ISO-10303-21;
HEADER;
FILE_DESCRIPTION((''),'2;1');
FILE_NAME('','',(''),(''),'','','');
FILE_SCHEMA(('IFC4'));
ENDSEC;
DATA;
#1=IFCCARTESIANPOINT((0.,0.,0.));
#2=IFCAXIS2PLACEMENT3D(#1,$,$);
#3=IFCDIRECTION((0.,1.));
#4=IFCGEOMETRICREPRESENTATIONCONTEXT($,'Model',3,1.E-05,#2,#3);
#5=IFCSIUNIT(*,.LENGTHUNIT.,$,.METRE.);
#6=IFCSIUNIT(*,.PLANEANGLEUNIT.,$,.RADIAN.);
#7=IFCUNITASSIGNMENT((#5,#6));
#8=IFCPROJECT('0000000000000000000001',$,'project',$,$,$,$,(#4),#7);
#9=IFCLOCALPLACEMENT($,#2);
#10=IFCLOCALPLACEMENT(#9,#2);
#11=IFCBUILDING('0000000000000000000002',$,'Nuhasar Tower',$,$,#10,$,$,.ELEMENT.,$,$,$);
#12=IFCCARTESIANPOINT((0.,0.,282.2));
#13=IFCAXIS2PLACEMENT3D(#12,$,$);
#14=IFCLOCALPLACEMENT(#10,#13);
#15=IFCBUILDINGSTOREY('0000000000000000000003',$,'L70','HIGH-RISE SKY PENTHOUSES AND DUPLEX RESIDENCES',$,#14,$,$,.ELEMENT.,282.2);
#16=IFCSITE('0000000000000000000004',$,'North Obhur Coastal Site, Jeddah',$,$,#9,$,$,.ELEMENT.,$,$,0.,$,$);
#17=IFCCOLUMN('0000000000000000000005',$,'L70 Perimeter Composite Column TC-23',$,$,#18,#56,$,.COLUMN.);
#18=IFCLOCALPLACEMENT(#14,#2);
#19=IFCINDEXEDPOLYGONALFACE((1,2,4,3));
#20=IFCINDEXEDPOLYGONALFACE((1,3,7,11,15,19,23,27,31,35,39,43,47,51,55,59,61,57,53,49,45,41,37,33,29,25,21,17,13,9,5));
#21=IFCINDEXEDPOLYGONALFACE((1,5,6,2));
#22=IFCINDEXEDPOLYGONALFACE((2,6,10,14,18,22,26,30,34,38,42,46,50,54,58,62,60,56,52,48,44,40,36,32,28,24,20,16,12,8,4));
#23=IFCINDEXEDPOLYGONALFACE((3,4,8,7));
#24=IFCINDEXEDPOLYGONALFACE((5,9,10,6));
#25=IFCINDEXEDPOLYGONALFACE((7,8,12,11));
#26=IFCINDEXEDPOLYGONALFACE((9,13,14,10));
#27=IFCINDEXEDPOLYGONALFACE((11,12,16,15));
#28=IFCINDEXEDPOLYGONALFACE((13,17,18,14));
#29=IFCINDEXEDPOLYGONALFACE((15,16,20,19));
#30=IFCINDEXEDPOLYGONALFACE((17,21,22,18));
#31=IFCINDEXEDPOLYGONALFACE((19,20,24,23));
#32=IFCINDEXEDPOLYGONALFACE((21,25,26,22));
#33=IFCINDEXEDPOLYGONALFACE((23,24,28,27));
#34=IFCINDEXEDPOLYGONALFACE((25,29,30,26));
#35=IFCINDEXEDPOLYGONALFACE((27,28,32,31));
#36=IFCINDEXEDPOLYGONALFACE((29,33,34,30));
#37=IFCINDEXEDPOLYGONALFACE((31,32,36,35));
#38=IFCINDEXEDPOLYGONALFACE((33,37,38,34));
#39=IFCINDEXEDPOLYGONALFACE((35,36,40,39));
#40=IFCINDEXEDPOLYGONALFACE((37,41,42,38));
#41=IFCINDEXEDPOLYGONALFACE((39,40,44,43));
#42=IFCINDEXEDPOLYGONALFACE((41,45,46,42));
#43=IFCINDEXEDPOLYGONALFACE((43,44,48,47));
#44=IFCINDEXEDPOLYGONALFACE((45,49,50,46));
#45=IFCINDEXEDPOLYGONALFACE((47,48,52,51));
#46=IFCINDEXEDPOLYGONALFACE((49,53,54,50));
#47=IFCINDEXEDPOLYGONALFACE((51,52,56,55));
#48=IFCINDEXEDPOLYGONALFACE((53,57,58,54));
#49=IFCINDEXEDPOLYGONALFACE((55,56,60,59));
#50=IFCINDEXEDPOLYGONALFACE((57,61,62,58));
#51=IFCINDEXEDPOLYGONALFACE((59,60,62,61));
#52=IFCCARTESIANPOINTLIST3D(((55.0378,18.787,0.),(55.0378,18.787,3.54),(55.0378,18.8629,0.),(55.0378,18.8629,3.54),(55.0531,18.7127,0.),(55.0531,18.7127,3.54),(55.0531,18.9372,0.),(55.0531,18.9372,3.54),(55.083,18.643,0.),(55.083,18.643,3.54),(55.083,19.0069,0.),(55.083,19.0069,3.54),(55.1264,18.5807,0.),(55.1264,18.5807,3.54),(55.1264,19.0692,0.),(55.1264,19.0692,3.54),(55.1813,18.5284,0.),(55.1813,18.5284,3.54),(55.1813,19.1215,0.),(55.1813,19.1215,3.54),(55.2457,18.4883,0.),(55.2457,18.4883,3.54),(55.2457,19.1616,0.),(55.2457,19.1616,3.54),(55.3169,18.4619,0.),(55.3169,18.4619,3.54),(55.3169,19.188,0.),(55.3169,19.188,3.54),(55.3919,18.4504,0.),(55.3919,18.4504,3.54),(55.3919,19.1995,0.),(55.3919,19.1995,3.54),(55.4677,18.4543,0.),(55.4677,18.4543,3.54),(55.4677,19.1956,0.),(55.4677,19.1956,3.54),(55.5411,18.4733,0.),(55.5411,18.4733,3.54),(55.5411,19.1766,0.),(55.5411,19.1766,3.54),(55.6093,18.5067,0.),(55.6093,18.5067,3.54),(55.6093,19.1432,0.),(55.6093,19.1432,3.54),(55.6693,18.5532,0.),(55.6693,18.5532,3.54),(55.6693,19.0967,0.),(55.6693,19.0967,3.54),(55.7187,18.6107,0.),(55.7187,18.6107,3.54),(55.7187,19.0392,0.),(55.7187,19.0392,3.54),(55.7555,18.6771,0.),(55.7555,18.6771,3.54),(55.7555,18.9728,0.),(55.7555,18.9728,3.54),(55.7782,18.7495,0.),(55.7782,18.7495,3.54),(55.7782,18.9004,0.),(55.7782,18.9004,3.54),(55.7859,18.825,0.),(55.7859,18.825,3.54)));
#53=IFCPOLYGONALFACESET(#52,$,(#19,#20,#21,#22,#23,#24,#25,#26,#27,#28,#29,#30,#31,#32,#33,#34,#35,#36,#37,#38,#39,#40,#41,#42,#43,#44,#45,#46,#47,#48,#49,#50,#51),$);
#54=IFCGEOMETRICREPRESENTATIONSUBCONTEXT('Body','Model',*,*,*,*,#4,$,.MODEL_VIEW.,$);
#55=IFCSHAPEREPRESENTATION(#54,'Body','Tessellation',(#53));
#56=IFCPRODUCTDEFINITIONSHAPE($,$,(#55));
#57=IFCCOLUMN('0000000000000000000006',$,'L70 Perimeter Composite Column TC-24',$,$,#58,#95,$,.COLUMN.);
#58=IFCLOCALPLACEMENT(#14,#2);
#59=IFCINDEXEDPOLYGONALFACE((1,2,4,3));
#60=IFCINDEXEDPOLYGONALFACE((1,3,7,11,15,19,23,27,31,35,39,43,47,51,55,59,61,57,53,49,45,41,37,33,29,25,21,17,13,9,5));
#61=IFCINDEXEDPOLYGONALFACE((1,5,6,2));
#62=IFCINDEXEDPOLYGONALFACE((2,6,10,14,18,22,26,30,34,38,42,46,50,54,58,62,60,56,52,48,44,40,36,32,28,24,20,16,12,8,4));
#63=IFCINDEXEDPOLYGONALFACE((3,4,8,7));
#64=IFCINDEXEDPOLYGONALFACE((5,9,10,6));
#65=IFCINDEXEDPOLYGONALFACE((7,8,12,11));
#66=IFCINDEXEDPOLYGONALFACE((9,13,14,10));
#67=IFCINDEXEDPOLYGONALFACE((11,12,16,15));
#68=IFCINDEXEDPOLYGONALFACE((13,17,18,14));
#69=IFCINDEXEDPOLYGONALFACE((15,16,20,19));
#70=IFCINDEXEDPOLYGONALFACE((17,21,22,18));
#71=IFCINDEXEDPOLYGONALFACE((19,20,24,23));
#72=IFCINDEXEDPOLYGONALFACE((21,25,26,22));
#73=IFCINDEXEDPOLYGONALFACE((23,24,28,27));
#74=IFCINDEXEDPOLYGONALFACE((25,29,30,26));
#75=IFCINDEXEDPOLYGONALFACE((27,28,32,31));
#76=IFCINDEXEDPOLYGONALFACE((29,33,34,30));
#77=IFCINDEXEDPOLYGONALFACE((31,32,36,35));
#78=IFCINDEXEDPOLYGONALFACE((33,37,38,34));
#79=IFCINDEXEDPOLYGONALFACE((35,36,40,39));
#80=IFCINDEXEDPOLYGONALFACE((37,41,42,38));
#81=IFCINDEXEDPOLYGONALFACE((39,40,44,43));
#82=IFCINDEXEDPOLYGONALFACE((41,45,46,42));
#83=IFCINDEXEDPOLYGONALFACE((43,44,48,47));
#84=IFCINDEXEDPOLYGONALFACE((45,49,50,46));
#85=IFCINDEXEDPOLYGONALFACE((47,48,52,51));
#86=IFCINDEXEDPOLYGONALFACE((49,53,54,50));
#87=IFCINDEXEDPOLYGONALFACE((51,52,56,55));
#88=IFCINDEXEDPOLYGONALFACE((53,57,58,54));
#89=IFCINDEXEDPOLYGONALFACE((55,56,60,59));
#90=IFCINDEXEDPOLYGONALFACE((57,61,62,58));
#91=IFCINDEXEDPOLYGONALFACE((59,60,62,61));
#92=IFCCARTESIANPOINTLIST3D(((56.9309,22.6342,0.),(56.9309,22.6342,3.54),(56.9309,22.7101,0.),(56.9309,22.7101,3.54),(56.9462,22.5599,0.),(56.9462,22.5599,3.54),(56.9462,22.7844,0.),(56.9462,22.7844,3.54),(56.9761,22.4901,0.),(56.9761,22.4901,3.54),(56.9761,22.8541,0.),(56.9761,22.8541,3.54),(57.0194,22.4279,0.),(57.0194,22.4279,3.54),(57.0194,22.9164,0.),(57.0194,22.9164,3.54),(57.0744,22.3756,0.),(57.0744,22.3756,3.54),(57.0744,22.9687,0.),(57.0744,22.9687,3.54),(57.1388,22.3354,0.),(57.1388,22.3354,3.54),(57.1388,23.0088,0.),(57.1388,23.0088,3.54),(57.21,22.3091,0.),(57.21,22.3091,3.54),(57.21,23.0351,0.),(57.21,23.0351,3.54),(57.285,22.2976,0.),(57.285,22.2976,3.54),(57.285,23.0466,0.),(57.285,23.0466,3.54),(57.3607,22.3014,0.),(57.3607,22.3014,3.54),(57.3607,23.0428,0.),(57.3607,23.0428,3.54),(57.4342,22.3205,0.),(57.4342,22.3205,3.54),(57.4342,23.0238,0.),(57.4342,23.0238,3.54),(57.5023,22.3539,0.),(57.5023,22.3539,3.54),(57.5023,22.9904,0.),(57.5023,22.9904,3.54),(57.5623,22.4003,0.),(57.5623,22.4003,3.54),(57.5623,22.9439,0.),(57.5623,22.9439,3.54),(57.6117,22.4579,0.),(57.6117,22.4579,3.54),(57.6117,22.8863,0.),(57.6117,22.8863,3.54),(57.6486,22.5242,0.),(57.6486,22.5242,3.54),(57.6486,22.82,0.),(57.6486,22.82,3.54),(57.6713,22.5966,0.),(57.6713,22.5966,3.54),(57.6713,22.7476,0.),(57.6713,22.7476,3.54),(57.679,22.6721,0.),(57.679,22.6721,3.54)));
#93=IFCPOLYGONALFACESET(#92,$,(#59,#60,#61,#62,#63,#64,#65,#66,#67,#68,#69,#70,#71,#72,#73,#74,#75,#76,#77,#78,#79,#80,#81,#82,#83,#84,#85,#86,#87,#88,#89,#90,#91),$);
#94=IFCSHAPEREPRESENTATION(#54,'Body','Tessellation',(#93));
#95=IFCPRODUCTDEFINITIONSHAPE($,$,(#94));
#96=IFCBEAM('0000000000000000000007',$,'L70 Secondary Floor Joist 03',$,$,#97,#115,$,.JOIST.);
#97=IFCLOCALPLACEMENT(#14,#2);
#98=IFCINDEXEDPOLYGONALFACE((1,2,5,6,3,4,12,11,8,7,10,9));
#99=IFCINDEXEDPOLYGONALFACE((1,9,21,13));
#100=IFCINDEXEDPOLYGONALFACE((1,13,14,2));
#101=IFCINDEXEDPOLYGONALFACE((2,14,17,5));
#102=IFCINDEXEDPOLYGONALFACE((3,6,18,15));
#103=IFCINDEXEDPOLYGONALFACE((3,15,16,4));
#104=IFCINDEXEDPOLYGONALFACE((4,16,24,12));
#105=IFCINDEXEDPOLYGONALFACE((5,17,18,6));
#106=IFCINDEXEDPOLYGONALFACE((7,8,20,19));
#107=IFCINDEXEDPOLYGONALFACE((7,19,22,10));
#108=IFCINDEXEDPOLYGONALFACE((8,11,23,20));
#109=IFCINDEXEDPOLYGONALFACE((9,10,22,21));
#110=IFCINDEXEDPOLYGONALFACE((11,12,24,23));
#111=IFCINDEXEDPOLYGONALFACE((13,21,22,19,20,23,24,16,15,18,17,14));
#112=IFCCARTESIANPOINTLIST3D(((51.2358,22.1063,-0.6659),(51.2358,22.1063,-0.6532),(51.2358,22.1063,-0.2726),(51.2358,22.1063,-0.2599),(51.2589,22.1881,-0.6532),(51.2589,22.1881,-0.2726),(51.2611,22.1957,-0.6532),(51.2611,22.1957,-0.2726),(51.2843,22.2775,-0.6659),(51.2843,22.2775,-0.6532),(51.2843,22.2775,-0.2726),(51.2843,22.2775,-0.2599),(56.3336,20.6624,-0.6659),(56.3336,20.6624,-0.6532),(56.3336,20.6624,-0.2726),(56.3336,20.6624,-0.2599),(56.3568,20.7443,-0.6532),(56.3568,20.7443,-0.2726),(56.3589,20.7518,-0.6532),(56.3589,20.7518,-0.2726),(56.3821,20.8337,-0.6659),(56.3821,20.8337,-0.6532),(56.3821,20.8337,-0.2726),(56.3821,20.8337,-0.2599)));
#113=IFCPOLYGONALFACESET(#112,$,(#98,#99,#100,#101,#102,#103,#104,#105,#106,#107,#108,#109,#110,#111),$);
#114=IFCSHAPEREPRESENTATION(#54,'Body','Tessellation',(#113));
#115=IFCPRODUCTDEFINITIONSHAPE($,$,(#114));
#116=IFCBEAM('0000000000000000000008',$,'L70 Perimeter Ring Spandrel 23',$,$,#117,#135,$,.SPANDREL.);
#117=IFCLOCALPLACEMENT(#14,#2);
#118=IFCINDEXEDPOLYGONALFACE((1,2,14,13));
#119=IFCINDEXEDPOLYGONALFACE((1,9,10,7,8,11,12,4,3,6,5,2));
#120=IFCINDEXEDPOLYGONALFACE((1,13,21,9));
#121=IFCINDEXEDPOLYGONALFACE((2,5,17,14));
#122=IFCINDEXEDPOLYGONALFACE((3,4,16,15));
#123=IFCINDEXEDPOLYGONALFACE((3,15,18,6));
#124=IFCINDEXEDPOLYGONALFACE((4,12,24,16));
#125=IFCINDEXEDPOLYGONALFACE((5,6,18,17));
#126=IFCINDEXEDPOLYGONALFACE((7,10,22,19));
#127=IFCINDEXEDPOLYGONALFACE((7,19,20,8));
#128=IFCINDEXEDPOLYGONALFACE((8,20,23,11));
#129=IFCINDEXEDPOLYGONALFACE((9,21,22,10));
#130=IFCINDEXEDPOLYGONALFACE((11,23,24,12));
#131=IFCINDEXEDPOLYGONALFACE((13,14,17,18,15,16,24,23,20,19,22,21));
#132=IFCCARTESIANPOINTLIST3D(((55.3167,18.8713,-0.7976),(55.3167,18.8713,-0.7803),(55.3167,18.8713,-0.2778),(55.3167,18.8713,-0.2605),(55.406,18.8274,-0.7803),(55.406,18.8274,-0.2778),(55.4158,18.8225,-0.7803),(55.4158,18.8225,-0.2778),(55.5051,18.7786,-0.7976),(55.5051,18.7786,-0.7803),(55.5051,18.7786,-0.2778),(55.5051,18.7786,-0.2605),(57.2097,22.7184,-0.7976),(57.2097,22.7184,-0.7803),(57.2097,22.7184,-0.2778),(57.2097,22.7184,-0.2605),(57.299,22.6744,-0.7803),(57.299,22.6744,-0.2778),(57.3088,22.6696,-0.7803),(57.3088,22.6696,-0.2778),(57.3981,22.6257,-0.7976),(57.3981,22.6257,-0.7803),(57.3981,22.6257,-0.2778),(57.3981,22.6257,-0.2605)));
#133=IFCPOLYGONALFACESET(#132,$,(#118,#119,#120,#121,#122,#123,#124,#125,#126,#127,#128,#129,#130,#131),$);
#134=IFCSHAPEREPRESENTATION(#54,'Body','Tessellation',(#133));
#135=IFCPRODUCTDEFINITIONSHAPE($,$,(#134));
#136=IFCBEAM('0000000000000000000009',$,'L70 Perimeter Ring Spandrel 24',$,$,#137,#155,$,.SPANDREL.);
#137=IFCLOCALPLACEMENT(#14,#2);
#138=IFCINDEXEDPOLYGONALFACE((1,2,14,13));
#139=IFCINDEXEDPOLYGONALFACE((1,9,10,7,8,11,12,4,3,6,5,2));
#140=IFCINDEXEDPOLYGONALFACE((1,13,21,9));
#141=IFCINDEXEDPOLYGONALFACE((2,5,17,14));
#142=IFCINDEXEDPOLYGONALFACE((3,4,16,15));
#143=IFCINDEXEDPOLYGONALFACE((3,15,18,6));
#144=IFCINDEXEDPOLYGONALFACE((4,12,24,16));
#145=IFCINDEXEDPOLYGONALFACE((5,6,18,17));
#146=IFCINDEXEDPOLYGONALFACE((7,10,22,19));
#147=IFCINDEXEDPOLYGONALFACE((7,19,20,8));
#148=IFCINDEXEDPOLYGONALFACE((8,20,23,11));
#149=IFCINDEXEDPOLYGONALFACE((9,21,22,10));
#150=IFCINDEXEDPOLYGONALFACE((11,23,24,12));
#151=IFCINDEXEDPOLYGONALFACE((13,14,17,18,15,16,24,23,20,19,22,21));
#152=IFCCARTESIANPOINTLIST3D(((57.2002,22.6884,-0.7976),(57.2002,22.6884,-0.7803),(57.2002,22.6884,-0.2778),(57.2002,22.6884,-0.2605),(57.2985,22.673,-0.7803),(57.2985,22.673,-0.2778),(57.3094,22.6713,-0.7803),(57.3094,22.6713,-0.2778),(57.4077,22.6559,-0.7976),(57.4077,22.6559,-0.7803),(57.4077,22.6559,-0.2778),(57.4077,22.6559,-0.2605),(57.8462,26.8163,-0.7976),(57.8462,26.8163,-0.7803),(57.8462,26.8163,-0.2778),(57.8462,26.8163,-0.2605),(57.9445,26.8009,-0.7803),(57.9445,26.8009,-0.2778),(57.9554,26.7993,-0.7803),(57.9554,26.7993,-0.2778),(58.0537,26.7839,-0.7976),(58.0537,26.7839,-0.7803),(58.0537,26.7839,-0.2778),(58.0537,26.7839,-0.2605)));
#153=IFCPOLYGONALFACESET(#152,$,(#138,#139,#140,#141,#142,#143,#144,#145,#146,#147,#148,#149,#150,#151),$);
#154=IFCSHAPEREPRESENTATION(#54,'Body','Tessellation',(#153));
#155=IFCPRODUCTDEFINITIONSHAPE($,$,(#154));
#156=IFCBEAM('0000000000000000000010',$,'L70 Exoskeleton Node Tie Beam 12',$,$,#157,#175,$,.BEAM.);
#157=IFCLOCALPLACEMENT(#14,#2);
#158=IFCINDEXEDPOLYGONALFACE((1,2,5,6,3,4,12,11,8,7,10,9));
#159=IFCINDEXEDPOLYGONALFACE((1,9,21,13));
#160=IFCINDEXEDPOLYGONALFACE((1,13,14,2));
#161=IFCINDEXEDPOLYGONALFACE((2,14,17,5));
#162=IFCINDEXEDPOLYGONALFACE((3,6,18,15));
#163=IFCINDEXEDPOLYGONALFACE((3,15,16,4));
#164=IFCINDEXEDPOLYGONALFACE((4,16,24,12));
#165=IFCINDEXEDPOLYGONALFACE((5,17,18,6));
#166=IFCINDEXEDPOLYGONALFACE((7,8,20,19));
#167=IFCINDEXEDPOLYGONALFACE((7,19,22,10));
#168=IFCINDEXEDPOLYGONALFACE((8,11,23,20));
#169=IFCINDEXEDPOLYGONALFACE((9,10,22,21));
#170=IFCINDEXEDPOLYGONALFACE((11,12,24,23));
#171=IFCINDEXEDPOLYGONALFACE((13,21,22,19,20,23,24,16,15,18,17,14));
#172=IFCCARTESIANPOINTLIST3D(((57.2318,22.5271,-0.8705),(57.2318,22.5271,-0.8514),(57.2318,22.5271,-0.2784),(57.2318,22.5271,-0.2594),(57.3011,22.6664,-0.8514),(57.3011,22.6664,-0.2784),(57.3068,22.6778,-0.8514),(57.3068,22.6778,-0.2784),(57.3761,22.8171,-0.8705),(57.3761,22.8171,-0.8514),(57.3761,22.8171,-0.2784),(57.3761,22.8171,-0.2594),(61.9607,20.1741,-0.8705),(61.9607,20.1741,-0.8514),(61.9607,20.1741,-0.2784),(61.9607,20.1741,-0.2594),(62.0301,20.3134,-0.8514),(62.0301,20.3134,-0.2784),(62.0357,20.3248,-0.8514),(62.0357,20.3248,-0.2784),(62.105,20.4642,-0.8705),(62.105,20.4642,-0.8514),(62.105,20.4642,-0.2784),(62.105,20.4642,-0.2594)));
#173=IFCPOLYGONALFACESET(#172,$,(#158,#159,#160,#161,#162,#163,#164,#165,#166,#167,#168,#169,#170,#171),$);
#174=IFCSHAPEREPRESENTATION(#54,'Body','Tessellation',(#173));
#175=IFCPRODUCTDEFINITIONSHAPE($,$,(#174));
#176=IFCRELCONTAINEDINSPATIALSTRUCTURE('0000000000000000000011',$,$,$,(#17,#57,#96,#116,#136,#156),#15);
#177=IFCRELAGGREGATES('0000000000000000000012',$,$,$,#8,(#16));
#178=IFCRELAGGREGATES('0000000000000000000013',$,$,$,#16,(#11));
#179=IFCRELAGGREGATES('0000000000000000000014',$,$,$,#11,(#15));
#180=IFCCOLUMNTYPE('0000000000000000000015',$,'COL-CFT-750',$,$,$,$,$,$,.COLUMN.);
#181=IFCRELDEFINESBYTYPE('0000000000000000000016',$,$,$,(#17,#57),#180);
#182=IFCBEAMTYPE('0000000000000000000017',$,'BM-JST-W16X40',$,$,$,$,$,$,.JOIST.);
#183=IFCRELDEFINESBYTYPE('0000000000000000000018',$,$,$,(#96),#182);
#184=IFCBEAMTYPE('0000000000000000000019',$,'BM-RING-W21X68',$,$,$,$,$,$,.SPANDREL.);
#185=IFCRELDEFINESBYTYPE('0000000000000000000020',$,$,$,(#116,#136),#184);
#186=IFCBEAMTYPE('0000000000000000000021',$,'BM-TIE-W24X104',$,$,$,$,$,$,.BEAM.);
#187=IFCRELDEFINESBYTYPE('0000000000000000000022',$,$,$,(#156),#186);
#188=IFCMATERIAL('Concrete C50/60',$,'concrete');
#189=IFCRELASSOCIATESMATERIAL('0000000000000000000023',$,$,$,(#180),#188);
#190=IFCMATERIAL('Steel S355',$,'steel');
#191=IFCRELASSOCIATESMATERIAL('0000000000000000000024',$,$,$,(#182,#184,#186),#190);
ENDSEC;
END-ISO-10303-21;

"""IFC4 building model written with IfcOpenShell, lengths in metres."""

from ifc_helpers import new_model, si_unit, direction, frame, origin, origin_2d, place, context, subcontext, project, spatial, circle, i_section, extrude, material, material_profile, profile_set, type_object, element, save


model = new_model("IFC4")

# Units and contexts
model_context = context("Model", 3, precision=1e-05, world=origin(), true_north=direction((0.0, 1.0)))
body_context = subcontext(model_context, "Body", "Model", "MODEL_VIEW")
ifc_project = project(units=[si_unit("LENGTHUNIT", "METRE"), si_unit("PLANEANGLEUNIT", "RADIAN")], contexts=[model_context])

# Site, building, storey
site_placement = place(None, origin())
site = spatial("IfcSite", under=ifc_project, at=site_placement, Name="North Obhur Coastal Site, Jeddah", CompositionType="ELEMENT", RefElevation=0.0)
building_placement = place(site_placement, origin())
building = spatial("IfcBuilding", under=site, at=building_placement, Name="Nuhasar Tower", CompositionType="ELEMENT")
storey_placement = place(building_placement, frame((0.0, 0.0, 282.2)))
storey = spatial("IfcBuildingStorey", under=building, at=storey_placement, Name="L70", Description="HIGH-RISE SKY PENTHOUSES AND DUPLEX RESIDENCES", CompositionType="ELEMENT", Elevation=282.2)

# Columns
ifc_material_1 = material(Name="Concrete C50/60", Category="concrete")
ifc_material_profile_1 = material_profile(ifc_material_1, circle(Radius=0.375, at=origin_2d()), Name="CFT750")
ifc_profile_set_1 = profile_set([ifc_material_profile_1], Name="Concrete C50/60")
column_type = type_object("IfcColumnType", Name="COL-CFT-750", PredefinedType="COLUMN", material=ifc_profile_set_1)
for number, where, z_axis, x_axis, name in (
    (1, (55.4109, 18.825, 0.0), (0.0, 0.0, 1.0), (1.0, 0.0, 0.0), "L70 Perimeter Composite Column TC-23"),
    (2, (57.304, 22.6721, 0.0), (0.0, 0.0, 1.0), (1.0, 0.0, 0.0), "L70 Perimeter Composite Column TC-24"),
):
    element("IfcColumn", number, at=place(storey_placement, frame(where, z_axis=z_axis, x_axis=x_axis)), inside=storey, type_object=column_type, Name=name, PredefinedType="COLUMN", context=body_context, shape_type="SweptSolid", body=[
        extrude(circle(Radius=0.375, at=origin_2d()), origin(), (0.0, 0.0, 1.0), 3.54),
    ])

# Beams
ifc_material_2 = material(Name="Steel S355", Category="steel")
ifc_material_profile_2 = material_profile(ifc_material_2, i_section(OverallWidth=0.178, OverallDepth=0.406, WebThickness=0.0078, FlangeThickness=0.0127, at=origin_2d()), Name="W16X40")
ifc_profile_set_2 = profile_set([ifc_material_profile_2], Name="Steel S355")
beam_type_1 = type_object("IfcBeamType", Name="BM-JST-W16X40", PredefinedType="JOIST", material=ifc_profile_set_2)
beam_1_placement = place(storey_placement, frame((51.26, 22.1919, -0.4629), z_axis=(0.962154, -0.272505, 0.0), x_axis=(0.272505, 0.962154, 0.0)))
element("IfcBeam", 3, at=beam_1_placement, inside=storey, type_object=beam_type_1, Name="L70 Secondary Floor Joist 03", PredefinedType="JOIST", context=body_context, shape_type="SweptSolid", body=[
    extrude(i_section(OverallWidth=0.178, OverallDepth=0.406, WebThickness=0.0078, FlangeThickness=0.0127, at=origin_2d()), origin(), (0.0, 0.0, 1.0), 5.2983),
])
ifc_material_profile_3 = material_profile(ifc_material_2, i_section(OverallWidth=0.21, OverallDepth=0.5371, WebThickness=0.011, FlangeThickness=0.0173, at=origin_2d()), Name="W21X68")
ifc_profile_set_3 = profile_set([ifc_material_profile_3], Name="Steel S355")
beam_type_2 = type_object("IfcBeamType", Name="BM-RING-W21X68", PredefinedType="SPANDREL", material=ifc_profile_set_3)
beam_2_placement = place(storey_placement, frame((55.4109, 18.825, -0.5291), z_axis=(0.441511, 0.897256, 0.0), x_axis=(-0.897256, 0.441511, 0.0)))
element("IfcBeam", 4, at=beam_2_placement, inside=storey, type_object=beam_type_2, Name="L70 Perimeter Ring Spandrel 23", PredefinedType="SPANDREL", context=body_context, shape_type="SweptSolid", body=[
    extrude(i_section(OverallWidth=0.21, OverallDepth=0.5371, WebThickness=0.011, FlangeThickness=0.0173, at=origin_2d()), origin(), (0.0, 0.0, 1.0), 4.2876),
])
beam_3_placement = place(storey_placement, frame((57.304, 22.6721, -0.5291), z_axis=(0.154612, 0.987975, 0.0), x_axis=(-0.987975, 0.154612, 0.0)))
element("IfcBeam", 5, at=beam_3_placement, inside=storey, type_object=beam_type_2, Name="L70 Perimeter Ring Spandrel 24", PredefinedType="SPANDREL", context=body_context, shape_type="SweptSolid", body=[
    extrude(i_section(OverallWidth=0.21, OverallDepth=0.5371, WebThickness=0.011, FlangeThickness=0.0173, at=origin_2d()), origin(), (0.0, 0.0, 1.0), 4.1782),
])
ifc_material_profile_4 = material_profile(ifc_material_2, i_section(OverallWidth=0.324, OverallDepth=0.6111, WebThickness=0.0127, FlangeThickness=0.019, at=origin_2d()), Name="W24X104")
ifc_profile_set_4 = profile_set([ifc_material_profile_4], Name="Steel S355")
beam_type_3 = type_object("IfcBeamType", Name="BM-TIE-W24X104", PredefinedType="BEAM", material=ifc_profile_set_4)
beam_4_placement = place(storey_placement, frame((57.304, 22.6721, -0.5649), z_axis=(0.895294, -0.445475, 0.0), x_axis=(0.445475, 0.895294, 0.0)))
element("IfcBeam", 6, at=beam_4_placement, inside=storey, type_object=beam_type_3, Name="L70 Exoskeleton Node Tie Beam 12", PredefinedType="BEAM", context=body_context, shape_type="SweptSolid", body=[
    extrude(i_section(OverallWidth=0.324, OverallDepth=0.6111, WebThickness=0.0127, FlangeThickness=0.019, at=origin_2d()), origin(), (0.0, 0.0, 1.0), 5.282),
])

save(model, "model.ifc")
